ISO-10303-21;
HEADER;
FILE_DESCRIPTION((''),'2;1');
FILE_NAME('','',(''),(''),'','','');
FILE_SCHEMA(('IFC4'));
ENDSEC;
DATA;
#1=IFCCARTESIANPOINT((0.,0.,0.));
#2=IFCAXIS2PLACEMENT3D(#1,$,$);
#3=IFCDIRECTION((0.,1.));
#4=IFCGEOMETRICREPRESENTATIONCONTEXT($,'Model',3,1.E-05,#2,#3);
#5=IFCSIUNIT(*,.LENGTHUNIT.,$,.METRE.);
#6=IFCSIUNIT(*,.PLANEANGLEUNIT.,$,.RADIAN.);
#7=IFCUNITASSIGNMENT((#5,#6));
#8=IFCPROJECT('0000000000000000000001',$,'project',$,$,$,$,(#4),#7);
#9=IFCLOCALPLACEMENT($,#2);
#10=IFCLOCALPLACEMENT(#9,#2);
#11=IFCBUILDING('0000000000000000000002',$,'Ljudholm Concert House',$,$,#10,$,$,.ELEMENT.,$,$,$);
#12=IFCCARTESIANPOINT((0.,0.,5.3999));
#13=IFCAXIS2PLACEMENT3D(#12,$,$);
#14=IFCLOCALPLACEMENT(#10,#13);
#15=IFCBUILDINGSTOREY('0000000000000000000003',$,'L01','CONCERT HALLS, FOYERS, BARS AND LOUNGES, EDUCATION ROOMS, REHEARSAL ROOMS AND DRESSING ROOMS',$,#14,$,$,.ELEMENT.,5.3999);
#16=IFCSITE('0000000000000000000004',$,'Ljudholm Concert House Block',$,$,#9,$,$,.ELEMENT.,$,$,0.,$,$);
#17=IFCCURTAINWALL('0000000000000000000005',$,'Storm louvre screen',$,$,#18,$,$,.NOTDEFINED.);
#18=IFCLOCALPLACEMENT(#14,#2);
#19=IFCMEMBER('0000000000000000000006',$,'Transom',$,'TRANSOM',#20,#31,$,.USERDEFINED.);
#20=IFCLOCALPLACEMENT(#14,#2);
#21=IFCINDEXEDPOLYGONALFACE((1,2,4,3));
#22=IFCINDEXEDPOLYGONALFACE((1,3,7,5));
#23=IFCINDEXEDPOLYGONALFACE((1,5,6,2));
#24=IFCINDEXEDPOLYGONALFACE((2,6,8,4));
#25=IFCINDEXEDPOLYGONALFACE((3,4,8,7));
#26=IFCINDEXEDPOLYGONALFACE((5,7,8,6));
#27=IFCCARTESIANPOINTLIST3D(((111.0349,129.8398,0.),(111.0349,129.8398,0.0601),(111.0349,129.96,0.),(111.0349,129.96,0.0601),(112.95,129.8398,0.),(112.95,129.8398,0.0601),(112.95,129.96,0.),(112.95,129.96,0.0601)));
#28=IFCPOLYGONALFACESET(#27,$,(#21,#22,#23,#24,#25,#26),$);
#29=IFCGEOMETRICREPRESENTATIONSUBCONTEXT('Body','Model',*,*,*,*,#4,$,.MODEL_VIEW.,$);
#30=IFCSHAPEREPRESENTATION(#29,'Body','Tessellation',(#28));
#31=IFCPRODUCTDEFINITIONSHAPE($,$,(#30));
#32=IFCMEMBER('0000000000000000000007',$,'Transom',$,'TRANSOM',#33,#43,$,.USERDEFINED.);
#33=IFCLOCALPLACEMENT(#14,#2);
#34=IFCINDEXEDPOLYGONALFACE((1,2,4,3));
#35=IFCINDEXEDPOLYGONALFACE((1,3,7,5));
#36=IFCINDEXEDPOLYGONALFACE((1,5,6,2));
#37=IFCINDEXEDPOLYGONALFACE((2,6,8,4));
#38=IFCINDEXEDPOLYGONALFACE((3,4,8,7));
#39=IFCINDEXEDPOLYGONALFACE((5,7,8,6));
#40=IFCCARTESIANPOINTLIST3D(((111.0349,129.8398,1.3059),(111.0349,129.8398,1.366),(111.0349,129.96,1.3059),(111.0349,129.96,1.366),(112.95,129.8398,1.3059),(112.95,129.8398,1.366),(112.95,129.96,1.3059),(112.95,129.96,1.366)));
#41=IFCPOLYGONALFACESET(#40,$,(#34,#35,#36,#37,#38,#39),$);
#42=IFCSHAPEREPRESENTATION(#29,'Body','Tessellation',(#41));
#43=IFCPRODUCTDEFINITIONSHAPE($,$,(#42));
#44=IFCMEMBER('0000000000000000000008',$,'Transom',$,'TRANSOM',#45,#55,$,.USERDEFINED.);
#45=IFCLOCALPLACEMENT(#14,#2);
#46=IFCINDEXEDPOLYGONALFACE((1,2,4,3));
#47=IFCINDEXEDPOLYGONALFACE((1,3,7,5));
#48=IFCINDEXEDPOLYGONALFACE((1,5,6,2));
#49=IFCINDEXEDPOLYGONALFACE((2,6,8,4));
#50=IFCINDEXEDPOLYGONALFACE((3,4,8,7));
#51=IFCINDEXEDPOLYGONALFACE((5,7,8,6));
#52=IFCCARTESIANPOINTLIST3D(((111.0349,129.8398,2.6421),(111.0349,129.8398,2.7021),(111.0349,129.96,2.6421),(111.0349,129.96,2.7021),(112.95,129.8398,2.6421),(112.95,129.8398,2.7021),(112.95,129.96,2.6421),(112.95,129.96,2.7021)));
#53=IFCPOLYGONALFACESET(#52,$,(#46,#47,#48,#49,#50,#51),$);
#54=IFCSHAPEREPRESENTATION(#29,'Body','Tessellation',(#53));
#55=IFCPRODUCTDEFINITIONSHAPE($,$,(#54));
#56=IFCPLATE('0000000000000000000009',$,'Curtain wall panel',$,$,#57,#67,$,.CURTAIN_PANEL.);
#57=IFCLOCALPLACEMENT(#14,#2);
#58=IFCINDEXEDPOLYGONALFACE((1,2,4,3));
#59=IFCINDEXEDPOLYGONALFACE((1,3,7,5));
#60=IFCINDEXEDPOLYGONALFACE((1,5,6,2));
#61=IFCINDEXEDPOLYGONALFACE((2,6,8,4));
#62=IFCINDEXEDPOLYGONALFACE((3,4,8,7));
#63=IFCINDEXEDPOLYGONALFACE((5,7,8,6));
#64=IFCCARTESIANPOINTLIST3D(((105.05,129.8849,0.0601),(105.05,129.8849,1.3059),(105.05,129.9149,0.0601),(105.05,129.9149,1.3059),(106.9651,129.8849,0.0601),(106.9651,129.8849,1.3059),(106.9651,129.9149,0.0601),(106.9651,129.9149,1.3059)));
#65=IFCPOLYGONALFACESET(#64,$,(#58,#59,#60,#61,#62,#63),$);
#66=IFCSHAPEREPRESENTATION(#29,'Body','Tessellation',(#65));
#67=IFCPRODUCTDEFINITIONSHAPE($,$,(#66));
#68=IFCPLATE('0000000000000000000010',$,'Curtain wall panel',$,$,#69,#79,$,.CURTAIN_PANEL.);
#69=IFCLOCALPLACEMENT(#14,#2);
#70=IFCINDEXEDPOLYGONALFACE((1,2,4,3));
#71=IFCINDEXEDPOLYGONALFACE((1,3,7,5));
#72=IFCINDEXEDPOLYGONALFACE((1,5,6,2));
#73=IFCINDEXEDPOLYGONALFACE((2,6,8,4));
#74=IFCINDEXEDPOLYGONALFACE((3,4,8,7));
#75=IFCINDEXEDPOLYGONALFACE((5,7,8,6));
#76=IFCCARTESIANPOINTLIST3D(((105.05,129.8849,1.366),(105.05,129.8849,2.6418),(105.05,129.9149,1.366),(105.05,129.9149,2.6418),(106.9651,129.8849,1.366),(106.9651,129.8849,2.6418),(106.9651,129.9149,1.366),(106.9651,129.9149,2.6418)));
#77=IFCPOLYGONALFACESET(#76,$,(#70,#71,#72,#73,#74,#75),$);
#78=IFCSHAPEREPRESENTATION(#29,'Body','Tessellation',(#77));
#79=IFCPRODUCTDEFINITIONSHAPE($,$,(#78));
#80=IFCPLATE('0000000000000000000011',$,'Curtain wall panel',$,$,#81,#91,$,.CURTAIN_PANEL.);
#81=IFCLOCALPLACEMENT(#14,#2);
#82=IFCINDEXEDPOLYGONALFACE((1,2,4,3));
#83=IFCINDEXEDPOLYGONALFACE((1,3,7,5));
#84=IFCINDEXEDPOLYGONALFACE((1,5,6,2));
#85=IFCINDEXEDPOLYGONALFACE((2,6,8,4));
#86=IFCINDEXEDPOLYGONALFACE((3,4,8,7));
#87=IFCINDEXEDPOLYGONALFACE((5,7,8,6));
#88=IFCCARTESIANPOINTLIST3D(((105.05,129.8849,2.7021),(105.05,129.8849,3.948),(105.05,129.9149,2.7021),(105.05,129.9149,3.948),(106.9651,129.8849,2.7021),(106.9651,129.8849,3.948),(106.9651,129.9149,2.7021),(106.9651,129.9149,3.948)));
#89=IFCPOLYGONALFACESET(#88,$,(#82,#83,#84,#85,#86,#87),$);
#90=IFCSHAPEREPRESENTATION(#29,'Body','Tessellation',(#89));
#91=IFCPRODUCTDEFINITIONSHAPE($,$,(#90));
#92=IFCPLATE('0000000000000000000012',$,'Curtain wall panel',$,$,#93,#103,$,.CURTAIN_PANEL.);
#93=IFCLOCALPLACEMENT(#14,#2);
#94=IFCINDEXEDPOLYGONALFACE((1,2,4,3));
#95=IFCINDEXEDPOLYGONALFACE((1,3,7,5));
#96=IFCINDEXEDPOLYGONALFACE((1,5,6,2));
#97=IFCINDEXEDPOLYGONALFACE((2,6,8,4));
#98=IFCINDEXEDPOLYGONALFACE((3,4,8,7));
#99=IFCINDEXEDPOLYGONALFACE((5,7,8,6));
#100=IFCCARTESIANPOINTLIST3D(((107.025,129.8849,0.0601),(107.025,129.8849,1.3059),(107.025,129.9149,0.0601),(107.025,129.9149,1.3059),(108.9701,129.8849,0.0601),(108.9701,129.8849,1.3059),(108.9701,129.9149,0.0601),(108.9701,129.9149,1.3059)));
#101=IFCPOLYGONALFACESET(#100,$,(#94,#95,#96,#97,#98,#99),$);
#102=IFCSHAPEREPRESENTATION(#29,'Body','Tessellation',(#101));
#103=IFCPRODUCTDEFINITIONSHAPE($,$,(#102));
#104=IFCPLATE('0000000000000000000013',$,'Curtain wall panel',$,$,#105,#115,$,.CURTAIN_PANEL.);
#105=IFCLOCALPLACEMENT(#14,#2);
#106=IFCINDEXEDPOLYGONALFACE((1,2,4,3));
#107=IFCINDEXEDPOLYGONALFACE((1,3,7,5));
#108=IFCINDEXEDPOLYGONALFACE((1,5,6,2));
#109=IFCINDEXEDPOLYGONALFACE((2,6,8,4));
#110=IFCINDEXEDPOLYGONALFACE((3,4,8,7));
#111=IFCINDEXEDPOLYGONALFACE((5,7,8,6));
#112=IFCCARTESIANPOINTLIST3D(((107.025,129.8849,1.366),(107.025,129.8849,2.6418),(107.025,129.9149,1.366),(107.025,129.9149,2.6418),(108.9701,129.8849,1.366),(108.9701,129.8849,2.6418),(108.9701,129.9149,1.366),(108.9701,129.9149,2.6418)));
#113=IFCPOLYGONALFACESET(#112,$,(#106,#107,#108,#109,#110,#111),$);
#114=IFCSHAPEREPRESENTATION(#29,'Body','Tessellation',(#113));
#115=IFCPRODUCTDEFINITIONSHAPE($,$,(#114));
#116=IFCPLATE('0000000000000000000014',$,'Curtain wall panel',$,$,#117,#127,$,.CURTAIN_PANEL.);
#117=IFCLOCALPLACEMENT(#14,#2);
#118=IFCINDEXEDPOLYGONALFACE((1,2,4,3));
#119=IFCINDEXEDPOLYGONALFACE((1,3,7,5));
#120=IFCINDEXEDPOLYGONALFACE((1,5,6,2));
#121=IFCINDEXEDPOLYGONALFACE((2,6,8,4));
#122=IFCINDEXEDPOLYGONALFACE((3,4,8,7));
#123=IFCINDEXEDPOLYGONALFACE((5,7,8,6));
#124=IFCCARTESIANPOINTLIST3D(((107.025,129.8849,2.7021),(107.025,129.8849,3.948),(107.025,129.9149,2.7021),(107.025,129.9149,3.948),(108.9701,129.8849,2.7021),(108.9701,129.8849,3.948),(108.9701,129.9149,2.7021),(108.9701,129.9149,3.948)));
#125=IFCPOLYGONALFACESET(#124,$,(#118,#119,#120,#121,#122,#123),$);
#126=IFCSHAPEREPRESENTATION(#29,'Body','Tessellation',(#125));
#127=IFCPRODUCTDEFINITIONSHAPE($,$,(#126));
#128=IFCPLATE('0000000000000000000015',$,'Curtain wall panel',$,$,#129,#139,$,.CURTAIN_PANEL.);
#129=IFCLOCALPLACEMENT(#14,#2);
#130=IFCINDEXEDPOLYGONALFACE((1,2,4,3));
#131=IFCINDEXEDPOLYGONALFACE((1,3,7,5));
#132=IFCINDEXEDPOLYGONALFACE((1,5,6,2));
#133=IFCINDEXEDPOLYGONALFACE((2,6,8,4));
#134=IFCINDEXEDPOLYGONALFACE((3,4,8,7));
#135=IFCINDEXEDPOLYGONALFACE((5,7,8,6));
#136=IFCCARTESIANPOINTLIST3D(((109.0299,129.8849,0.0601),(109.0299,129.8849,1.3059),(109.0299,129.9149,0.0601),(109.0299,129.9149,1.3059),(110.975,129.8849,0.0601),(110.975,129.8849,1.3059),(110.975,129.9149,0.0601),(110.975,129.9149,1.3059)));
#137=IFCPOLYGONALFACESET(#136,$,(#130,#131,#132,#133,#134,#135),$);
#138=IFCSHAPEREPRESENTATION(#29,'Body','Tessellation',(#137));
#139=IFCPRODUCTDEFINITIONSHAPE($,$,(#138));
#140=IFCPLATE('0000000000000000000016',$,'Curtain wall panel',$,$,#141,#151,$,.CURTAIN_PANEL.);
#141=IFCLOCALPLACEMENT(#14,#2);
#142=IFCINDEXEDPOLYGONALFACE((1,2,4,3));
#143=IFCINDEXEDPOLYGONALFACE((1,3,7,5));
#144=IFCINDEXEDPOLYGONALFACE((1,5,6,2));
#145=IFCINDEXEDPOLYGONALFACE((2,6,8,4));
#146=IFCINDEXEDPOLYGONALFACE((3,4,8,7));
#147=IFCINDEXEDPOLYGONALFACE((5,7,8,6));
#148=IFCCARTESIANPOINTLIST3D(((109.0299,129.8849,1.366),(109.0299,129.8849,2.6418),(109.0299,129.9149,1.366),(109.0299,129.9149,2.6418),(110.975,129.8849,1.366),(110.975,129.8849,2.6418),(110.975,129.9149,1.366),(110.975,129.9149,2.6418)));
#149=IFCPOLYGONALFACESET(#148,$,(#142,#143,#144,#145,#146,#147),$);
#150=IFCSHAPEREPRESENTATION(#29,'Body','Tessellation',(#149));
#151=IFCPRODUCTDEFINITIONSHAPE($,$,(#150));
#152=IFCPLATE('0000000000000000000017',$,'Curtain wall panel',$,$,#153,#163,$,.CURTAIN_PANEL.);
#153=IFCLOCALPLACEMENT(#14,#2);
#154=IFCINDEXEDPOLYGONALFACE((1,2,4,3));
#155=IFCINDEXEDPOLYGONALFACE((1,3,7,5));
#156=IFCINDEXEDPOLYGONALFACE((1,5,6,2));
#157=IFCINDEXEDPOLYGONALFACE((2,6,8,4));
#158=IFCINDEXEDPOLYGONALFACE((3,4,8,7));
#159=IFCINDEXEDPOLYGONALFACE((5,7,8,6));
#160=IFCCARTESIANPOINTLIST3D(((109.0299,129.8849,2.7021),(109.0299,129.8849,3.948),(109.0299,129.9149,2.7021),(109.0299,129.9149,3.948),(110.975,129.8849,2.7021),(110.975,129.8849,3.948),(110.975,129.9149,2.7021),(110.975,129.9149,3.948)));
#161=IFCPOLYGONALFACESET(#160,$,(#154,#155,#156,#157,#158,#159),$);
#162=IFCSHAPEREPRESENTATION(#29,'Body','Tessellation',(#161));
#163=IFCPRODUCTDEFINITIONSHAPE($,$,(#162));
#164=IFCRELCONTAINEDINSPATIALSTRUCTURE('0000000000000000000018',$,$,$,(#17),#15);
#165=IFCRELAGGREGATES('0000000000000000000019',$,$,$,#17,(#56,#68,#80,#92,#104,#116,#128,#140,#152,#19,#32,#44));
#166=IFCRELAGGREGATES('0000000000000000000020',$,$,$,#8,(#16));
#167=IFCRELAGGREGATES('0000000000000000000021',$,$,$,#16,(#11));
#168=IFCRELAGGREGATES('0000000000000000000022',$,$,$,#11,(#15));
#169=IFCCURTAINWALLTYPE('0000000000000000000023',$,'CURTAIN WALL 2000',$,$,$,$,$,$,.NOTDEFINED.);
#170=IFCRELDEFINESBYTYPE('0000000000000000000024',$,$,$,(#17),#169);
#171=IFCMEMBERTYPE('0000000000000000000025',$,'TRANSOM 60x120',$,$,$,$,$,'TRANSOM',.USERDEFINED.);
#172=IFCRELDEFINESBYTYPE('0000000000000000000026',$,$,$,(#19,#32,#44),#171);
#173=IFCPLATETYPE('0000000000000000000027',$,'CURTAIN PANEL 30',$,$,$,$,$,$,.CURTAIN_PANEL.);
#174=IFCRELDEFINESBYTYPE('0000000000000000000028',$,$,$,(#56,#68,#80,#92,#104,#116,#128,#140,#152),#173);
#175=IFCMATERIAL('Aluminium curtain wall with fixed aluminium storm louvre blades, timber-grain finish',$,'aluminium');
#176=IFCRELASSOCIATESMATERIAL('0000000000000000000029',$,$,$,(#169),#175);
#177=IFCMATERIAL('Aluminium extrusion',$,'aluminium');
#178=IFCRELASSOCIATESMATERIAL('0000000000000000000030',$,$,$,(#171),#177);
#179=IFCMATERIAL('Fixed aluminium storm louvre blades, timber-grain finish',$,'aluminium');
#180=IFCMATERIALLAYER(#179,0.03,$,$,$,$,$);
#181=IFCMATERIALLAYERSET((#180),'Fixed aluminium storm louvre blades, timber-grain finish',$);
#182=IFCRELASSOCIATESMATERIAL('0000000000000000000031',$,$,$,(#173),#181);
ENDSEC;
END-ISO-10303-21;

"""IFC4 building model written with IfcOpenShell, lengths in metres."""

from ifc_helpers import new_model, si_unit, direction, frame, origin, origin_2d, place, context, subcontext, project, spatial, rectangle, extrude, material, layer, layer_set, material_profile, profile_set, type_object, element, aggregate, save


model = new_model("IFC4")

# Units and contexts
model_context = context("Model", 3, precision=1e-05, world=origin(), true_north=direction((0.0, 1.0)))
body_context = subcontext(model_context, "Body", "Model", "MODEL_VIEW")
ifc_project = project(units=[si_unit("LENGTHUNIT", "METRE"), si_unit("PLANEANGLEUNIT", "RADIAN")], contexts=[model_context])

# Site, building, storey
site_placement = place(None, origin())
site = spatial("IfcSite", under=ifc_project, at=site_placement, Name="Ljudholm Concert House Block", CompositionType="ELEMENT", RefElevation=0.0)
building_placement = place(site_placement, origin())
building = spatial("IfcBuilding", under=site, at=building_placement, Name="Ljudholm Concert House", CompositionType="ELEMENT")
storey_placement = place(building_placement, frame((0.0, 0.0, 5.3999)))
storey = spatial("IfcBuildingStorey", under=building, at=storey_placement, Name="L01", Description="CONCERT HALLS, FOYERS, BARS AND LOUNGES, EDUCATION ROOMS, REHEARSAL ROOMS AND DRESSING ROOMS", CompositionType="ELEMENT", Elevation=5.3999)

# Curtain wall, members, plates
ifc_material_1 = material(Name="Aluminium curtain wall with fixed aluminium storm louvre blades, timber-grain finish", Category="aluminium")
curtain_wall_type = type_object("IfcCurtainWallType", Name="CURTAIN WALL 2000", PredefinedType="NOTDEFINED", material=ifc_material_1)
curtain_wall_placement = place(storey_placement, origin())
curtain_wall = element("IfcCurtainWall", 1, at=curtain_wall_placement, inside=storey, type_object=curtain_wall_type, Name="Storm louvre screen", PredefinedType="NOTDEFINED")
ifc_material_2 = material(Name="Aluminium extrusion", Category="aluminium")
ifc_material_profile_1 = material_profile(ifc_material_2, rectangle(XDim=0.1201, YDim=0.0601, at=origin_2d()), Name="TRANSOM 60x120")
ifc_profile_set_1 = profile_set([ifc_material_profile_1], Name="Aluminium extrusion")
member_type_1 = type_object("IfcMemberType", Name="TRANSOM 60x120", ElementType="TRANSOM", PredefinedType="USERDEFINED", material=ifc_profile_set_1)
member_1_placement = place(storey_placement, frame((111.0349, 129.8999, 0.03), z_axis=(1.0, 0.0, 0.0), x_axis=(0.0, 1.0, 0.0)))
member_1 = element("IfcMember", 2, at=member_1_placement, type_object=member_type_1, Name="Transom", ObjectType="TRANSOM", PredefinedType="USERDEFINED", context=body_context, shape_type="SweptSolid", body=[
    extrude(rectangle(XDim=0.1201, YDim=0.0601, at=origin_2d()), origin(), (0.0, 0.0, 1.0), 1.915),
])
member_2_placement = place(storey_placement, frame((111.0349, 129.8999, 1.3359), z_axis=(1.0, 0.0, 0.0), x_axis=(0.0, 1.0, 0.0)))
member_2 = element("IfcMember", 3, at=member_2_placement, type_object=member_type_1, Name="Transom", ObjectType="TRANSOM", PredefinedType="USERDEFINED", context=body_context, shape_type="SweptSolid", body=[
    extrude(rectangle(XDim=0.1201, YDim=0.0601, at=origin_2d()), origin(), (0.0, 0.0, 1.0), 1.915),
])
member_3_placement = place(storey_placement, frame((111.0349, 129.8999, 2.6721), z_axis=(1.0, 0.0, 0.0), x_axis=(0.0, 1.0, 0.0)))
member_3 = element("IfcMember", 4, at=member_3_placement, type_object=member_type_1, Name="Transom", ObjectType="TRANSOM", PredefinedType="USERDEFINED", context=body_context, shape_type="SweptSolid", body=[
    extrude(rectangle(XDim=0.1201, YDim=0.0601, at=origin_2d()), origin(), (0.0, 0.0, 1.0), 1.915),
])
ifc_material_3 = material(Name="Fixed aluminium storm louvre blades, timber-grain finish", Category="aluminium")
ifc_layer = layer(ifc_material_3, 0.03)
ifc_layer_set = layer_set([ifc_layer], Name="Fixed aluminium storm louvre blades, timber-grain finish")
plate_type = type_object("IfcPlateType", Name="CURTAIN PANEL 30", PredefinedType="CURTAIN_PANEL", material=ifc_layer_set)
plate_1_placement = place(storey_placement, frame((106.0076, 129.8999, 0.0601), z_axis=(0.0, 0.0, 1.0), x_axis=(1.0, 0.0, 0.0)))
plate_1 = element("IfcPlate", 5, at=plate_1_placement, type_object=plate_type, Name="Curtain wall panel", PredefinedType="CURTAIN_PANEL", context=body_context, shape_type="SweptSolid", body=[
    extrude(rectangle(XDim=1.915, YDim=0.03, at=origin_2d()), origin(), (0.0, 0.0, 1.0), 1.2458),
])
plate_2_placement = place(storey_placement, frame((106.0076, 129.8999, 1.366), z_axis=(0.0, 0.0, 1.0), x_axis=(1.0, 0.0, 0.0)))
plate_2 = element("IfcPlate", 6, at=plate_2_placement, type_object=plate_type, Name="Curtain wall panel", PredefinedType="CURTAIN_PANEL", context=body_context, shape_type="SweptSolid", body=[
    extrude(rectangle(XDim=1.915, YDim=0.03, at=origin_2d()), origin(), (0.0, 0.0, 1.0), 1.2759),
])
plate_3_placement = place(storey_placement, frame((106.0076, 129.8999, 2.7021), z_axis=(0.0, 0.0, 1.0), x_axis=(1.0, 0.0, 0.0)))
plate_3 = element("IfcPlate", 7, at=plate_3_placement, type_object=plate_type, Name="Curtain wall panel", PredefinedType="CURTAIN_PANEL", context=body_context, shape_type="SweptSolid", body=[
    extrude(rectangle(XDim=1.915, YDim=0.03, at=origin_2d()), origin(), (0.0, 0.0, 1.0), 1.2458),
])
plate_4_placement = place(storey_placement, frame((107.9976, 129.8999, 0.0601), z_axis=(0.0, 0.0, 1.0), x_axis=(1.0, 0.0, 0.0)))
plate_4 = element("IfcPlate", 8, at=plate_4_placement, type_object=plate_type, Name="Curtain wall panel", PredefinedType="CURTAIN_PANEL", context=body_context, shape_type="SweptSolid", body=[
    extrude(rectangle(XDim=1.9451, YDim=0.03, at=origin_2d()), origin(), (0.0, 0.0, 1.0), 1.2458),
])
plate_5_placement = place(storey_placement, frame((107.9976, 129.8999, 1.366), z_axis=(0.0, 0.0, 1.0), x_axis=(1.0, 0.0, 0.0)))
plate_5 = element("IfcPlate", 9, at=plate_5_placement, type_object=plate_type, Name="Curtain wall panel", PredefinedType="CURTAIN_PANEL", context=body_context, shape_type="SweptSolid", body=[
    extrude(rectangle(XDim=1.9451, YDim=0.03, at=origin_2d()), origin(), (0.0, 0.0, 1.0), 1.2759),
])
plate_6_placement = place(storey_placement, frame((107.9976, 129.8999, 2.7021), z_axis=(0.0, 0.0, 1.0), x_axis=(1.0, 0.0, 0.0)))
plate_6 = element("IfcPlate", 10, at=plate_6_placement, type_object=plate_type, Name="Curtain wall panel", PredefinedType="CURTAIN_PANEL", context=body_context, shape_type="SweptSolid", body=[
    extrude(rectangle(XDim=1.9451, YDim=0.03, at=origin_2d()), origin(), (0.0, 0.0, 1.0), 1.2458),
])
plate_7_placement = place(storey_placement, frame((110.0024, 129.8999, 0.0601), z_axis=(0.0, 0.0, 1.0), x_axis=(1.0, 0.0, 0.0)))
plate_7 = element("IfcPlate", 11, at=plate_7_placement, type_object=plate_type, Name="Curtain wall panel", PredefinedType="CURTAIN_PANEL", context=body_context, shape_type="SweptSolid", body=[
    extrude(rectangle(XDim=1.9451, YDim=0.03, at=origin_2d()), origin(), (0.0, 0.0, 1.0), 1.2458),
])
plate_8_placement = place(storey_placement, frame((110.0024, 129.8999, 1.366), z_axis=(0.0, 0.0, 1.0), x_axis=(1.0, 0.0, 0.0)))
plate_8 = element("IfcPlate", 12, at=plate_8_placement, type_object=plate_type, Name="Curtain wall panel", PredefinedType="CURTAIN_PANEL", context=body_context, shape_type="SweptSolid", body=[
    extrude(rectangle(XDim=1.9451, YDim=0.03, at=origin_2d()), origin(), (0.0, 0.0, 1.0), 1.2759),
])
plate_9_placement = place(storey_placement, frame((110.0024, 129.8999, 2.7021), z_axis=(0.0, 0.0, 1.0), x_axis=(1.0, 0.0, 0.0)))
plate_9 = element("IfcPlate", 13, at=plate_9_placement, type_object=plate_type, Name="Curtain wall panel", PredefinedType="CURTAIN_PANEL", context=body_context, shape_type="SweptSolid", body=[
    extrude(rectangle(XDim=1.9451, YDim=0.03, at=origin_2d()), origin(), (0.0, 0.0, 1.0), 1.2458),
])
aggregate(curtain_wall, [plate_1, plate_2, plate_3, plate_4, plate_5, plate_6, plate_7, plate_8, plate_9, member_1, member_2, member_3])

save(model, "model.ifc")
